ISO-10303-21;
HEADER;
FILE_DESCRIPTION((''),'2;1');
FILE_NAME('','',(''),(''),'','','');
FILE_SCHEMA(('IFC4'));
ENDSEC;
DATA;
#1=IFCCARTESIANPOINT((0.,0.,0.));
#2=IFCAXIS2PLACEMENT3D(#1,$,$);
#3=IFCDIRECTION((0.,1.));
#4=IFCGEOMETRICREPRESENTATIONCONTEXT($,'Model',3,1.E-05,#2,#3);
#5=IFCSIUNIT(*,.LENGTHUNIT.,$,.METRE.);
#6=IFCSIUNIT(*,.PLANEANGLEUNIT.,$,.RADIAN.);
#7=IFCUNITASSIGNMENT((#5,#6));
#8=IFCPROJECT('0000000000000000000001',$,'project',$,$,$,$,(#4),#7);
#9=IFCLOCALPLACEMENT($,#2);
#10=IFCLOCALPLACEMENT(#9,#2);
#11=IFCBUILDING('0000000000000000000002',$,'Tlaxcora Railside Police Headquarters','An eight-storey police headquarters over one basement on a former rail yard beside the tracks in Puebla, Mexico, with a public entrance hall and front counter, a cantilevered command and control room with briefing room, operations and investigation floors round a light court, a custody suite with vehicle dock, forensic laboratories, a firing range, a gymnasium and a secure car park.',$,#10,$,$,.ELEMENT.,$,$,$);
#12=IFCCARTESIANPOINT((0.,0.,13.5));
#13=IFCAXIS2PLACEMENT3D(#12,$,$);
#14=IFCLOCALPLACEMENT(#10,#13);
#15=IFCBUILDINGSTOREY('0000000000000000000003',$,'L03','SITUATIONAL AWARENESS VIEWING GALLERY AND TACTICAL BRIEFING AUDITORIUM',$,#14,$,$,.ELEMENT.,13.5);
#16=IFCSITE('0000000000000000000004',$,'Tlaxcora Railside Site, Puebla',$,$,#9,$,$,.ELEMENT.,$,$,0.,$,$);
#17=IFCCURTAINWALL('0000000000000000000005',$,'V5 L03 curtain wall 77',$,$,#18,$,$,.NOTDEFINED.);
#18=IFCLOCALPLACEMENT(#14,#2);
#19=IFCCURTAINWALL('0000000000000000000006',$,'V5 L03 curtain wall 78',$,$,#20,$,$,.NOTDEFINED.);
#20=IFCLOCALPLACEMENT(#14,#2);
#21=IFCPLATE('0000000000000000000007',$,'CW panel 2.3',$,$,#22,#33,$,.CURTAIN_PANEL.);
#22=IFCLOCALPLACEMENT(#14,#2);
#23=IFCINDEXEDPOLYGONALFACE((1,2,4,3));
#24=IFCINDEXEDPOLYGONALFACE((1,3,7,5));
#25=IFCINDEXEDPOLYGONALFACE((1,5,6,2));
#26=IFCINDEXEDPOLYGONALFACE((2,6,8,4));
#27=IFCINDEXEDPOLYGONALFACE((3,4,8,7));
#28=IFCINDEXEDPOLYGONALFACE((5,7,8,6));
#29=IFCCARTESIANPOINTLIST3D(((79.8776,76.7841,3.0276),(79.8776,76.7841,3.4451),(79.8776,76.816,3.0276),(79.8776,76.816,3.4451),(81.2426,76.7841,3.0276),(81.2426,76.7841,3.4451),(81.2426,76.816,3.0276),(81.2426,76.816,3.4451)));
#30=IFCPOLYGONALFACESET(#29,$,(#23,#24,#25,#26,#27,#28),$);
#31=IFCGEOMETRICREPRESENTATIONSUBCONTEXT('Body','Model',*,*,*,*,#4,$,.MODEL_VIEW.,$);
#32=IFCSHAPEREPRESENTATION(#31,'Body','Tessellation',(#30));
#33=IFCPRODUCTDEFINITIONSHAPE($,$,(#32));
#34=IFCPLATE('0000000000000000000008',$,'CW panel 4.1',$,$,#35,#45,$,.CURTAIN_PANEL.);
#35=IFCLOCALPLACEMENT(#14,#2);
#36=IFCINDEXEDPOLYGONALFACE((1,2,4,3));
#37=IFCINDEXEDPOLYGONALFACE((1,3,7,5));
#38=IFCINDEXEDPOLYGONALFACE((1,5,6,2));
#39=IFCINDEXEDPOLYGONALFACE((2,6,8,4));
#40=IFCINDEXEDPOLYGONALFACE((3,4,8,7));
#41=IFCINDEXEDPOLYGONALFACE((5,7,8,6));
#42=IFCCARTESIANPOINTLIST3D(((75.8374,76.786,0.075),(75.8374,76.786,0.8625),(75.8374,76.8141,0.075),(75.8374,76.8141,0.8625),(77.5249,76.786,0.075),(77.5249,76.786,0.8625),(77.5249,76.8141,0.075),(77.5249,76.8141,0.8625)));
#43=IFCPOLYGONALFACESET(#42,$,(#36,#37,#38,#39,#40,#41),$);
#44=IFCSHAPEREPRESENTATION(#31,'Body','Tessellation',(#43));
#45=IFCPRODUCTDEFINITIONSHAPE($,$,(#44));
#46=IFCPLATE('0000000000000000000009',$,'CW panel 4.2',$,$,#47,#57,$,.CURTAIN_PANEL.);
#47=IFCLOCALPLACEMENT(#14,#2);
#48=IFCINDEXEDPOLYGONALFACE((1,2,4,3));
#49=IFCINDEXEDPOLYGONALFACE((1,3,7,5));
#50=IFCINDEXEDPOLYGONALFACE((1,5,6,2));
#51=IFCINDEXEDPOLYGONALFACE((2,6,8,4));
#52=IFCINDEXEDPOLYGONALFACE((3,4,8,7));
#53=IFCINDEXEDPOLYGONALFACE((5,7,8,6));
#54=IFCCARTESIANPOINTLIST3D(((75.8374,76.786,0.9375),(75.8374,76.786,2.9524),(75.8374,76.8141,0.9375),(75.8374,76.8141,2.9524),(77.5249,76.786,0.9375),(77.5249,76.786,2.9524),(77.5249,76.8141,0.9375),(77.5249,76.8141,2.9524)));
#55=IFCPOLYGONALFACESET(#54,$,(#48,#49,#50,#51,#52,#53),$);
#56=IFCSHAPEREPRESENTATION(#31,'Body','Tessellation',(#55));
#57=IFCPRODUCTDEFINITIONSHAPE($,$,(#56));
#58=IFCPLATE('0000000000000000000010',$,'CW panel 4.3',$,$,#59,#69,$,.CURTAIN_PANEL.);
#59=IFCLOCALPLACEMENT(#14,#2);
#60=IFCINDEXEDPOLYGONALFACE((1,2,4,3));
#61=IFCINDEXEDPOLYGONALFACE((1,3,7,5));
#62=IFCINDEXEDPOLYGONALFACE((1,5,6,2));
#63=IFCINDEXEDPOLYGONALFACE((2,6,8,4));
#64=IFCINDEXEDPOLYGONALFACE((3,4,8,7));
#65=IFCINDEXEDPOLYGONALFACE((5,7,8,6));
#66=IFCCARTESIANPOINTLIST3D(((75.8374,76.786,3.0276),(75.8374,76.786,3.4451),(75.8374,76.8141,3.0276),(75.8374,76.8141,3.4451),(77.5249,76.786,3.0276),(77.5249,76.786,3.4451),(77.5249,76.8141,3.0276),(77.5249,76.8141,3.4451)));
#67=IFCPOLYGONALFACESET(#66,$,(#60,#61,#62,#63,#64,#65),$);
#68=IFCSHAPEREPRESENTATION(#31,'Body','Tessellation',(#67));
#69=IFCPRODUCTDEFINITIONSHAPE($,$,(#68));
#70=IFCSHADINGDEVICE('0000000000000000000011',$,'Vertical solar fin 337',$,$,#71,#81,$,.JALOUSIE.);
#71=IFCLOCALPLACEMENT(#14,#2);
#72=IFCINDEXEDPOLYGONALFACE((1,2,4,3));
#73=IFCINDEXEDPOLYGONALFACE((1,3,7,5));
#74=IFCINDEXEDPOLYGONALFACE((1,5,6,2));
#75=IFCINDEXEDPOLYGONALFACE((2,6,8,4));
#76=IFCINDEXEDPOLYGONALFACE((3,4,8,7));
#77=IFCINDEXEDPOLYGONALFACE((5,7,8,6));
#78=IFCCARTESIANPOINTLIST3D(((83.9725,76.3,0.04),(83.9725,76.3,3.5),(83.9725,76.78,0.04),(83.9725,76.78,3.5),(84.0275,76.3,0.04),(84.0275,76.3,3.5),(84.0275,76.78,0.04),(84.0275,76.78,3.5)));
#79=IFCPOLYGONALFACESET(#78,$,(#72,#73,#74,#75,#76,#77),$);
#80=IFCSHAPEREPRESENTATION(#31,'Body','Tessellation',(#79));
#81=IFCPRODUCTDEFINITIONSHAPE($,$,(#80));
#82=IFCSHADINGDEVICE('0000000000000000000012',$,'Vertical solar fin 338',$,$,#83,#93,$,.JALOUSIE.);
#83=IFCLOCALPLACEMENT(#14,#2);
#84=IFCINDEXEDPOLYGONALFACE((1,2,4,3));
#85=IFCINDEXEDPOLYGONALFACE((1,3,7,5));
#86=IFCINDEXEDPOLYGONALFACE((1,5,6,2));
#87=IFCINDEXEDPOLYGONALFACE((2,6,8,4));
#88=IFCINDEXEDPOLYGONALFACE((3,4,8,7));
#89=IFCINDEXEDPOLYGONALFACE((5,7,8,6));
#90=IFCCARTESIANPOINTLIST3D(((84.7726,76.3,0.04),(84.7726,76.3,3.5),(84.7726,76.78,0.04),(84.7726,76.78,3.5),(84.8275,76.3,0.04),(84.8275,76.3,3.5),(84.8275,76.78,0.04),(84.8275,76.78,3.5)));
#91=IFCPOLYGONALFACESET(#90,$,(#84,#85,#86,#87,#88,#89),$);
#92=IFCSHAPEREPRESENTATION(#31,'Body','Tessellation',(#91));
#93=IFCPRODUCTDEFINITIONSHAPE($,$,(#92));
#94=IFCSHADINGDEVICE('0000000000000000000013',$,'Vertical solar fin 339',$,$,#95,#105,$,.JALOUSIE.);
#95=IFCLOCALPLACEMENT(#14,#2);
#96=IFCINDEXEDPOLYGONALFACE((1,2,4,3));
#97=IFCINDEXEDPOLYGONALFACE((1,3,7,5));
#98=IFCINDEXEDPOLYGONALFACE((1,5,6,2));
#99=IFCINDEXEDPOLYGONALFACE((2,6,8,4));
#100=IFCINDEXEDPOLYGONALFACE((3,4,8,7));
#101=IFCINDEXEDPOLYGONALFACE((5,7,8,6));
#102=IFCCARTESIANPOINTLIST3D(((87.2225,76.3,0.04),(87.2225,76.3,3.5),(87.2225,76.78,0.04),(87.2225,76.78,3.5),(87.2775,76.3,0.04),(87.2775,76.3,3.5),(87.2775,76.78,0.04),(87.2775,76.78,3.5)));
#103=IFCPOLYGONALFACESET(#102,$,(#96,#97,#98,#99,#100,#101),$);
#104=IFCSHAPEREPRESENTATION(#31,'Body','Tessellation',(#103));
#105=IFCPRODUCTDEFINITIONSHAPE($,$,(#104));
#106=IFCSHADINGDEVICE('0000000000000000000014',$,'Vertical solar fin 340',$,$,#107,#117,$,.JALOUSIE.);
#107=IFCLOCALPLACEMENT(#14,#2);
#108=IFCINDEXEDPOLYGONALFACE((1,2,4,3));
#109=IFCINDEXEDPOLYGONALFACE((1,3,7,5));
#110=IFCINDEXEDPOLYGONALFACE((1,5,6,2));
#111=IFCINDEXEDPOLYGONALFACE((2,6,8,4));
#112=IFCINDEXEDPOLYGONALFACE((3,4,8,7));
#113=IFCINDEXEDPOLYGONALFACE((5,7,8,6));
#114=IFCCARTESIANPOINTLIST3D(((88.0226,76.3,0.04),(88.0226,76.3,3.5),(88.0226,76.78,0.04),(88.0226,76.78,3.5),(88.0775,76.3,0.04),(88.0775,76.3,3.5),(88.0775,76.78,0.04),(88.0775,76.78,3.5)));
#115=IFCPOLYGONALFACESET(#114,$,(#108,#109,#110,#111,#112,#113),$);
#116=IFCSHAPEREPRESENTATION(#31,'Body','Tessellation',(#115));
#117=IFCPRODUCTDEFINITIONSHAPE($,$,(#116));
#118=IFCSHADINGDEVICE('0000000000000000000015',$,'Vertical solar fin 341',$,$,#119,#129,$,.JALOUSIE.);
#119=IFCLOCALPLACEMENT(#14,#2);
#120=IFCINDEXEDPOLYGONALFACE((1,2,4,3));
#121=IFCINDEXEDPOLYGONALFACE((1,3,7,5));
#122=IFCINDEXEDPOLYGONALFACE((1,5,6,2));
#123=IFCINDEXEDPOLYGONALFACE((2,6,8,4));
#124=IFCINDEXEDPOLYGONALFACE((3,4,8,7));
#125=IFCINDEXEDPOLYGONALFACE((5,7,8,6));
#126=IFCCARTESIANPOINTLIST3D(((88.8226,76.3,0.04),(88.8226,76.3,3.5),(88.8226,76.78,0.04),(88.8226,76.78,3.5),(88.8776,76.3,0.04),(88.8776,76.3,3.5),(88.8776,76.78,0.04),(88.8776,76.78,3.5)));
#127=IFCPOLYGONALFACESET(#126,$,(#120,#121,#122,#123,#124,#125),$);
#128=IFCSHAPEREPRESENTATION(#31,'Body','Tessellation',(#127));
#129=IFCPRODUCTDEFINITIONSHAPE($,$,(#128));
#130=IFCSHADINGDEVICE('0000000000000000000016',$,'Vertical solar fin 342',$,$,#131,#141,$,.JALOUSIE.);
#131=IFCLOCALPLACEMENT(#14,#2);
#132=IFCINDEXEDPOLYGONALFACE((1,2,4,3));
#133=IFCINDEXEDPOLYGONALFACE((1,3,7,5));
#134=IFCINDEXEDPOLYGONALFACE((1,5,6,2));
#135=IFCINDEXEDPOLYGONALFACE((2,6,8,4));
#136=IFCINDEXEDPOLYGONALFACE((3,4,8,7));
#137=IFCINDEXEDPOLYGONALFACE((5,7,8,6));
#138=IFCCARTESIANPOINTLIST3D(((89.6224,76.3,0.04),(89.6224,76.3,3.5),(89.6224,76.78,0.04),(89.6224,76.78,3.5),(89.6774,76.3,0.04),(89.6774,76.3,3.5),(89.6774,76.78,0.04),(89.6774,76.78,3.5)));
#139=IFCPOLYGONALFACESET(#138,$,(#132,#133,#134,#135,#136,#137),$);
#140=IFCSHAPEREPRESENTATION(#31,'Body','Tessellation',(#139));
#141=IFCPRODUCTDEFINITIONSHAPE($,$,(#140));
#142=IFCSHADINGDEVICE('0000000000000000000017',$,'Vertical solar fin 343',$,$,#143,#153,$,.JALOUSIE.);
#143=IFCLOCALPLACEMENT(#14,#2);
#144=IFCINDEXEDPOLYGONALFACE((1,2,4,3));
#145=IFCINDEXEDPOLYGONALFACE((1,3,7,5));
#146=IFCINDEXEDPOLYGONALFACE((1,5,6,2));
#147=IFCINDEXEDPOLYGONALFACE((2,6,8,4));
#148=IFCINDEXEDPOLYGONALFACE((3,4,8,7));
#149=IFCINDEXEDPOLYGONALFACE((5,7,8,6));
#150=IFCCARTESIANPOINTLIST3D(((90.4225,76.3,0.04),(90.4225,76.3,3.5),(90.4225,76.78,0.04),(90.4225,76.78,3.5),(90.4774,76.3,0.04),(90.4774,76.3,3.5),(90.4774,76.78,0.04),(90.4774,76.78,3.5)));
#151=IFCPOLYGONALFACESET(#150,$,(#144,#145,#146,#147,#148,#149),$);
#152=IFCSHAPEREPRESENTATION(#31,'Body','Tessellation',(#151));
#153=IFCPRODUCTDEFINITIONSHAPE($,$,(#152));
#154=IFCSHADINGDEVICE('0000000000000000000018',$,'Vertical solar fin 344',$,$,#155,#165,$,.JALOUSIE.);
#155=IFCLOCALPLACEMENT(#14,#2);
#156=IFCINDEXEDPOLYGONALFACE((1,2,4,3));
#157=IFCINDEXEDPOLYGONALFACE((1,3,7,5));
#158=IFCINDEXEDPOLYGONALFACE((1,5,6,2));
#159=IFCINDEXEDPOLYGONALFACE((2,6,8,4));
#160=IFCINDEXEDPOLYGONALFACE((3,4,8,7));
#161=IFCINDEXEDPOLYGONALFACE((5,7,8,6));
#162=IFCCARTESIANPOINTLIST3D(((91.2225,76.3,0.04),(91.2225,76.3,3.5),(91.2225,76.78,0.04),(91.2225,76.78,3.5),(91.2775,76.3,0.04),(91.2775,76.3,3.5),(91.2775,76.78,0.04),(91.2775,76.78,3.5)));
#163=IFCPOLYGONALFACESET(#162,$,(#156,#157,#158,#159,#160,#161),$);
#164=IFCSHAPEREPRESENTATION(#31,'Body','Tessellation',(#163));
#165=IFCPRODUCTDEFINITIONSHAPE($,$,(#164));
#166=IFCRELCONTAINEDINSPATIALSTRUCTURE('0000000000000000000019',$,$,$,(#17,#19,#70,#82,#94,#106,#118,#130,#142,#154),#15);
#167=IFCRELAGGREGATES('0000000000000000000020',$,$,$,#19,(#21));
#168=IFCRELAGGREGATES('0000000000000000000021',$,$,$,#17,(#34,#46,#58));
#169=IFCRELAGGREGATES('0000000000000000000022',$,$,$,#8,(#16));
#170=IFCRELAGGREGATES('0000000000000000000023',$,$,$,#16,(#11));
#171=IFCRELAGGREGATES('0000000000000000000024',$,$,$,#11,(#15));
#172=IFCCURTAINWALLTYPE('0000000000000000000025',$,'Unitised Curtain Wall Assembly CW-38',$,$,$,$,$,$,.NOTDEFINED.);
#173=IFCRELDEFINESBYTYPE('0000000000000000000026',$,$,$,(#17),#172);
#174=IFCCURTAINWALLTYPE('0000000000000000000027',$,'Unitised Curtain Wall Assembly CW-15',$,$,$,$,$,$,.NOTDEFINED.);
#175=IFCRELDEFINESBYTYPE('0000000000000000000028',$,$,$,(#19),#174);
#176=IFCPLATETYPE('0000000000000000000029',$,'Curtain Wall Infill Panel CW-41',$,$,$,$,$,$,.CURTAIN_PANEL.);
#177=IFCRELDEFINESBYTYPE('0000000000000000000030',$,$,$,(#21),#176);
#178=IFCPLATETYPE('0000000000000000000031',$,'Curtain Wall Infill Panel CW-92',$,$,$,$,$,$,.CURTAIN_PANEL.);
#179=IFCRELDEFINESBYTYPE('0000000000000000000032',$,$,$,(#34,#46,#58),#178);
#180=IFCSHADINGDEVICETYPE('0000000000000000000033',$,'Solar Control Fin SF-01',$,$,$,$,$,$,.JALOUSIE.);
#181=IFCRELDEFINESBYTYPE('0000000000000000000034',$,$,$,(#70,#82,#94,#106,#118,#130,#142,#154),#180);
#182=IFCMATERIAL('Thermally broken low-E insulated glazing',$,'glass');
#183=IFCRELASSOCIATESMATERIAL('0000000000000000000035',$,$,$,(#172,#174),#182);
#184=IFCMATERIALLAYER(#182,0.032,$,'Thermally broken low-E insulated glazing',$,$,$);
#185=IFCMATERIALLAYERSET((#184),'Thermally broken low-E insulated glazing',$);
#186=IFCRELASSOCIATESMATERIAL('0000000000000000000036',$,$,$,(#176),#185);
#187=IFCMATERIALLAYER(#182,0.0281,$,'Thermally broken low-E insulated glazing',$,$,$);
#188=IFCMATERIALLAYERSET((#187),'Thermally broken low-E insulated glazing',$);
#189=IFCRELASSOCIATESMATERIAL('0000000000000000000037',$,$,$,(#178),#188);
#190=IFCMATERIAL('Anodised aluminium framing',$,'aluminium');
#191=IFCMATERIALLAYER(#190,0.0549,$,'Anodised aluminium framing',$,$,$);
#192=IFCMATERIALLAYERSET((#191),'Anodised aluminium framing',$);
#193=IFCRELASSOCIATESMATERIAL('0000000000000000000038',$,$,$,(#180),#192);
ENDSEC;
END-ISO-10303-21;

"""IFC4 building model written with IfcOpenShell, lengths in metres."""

from ifc_helpers import new_model, si_unit, direction, frame, origin, origin_2d, place, context, subcontext, project, spatial, rectangle, extrude, material, layer, layer_set, type_object, element, aggregate, save


model = new_model("IFC4")

# Units and contexts
model_context = context("Model", 3, precision=1e-05, world=origin(), true_north=direction((0.0, 1.0)))
body_context = subcontext(model_context, "Body", "Model", "MODEL_VIEW")
ifc_project = project(units=[si_unit("LENGTHUNIT", "METRE"), si_unit("PLANEANGLEUNIT", "RADIAN")], contexts=[model_context])

# Site, building, storey
site_placement = place(None, origin())
site = spatial("IfcSite", under=ifc_project, at=site_placement, Name="Tlaxcora Railside Site, Puebla", CompositionType="ELEMENT", RefElevation=0.0)
building_placement = place(site_placement, origin())
building = spatial("IfcBuilding", under=site, at=building_placement, Name="Tlaxcora Railside Police Headquarters", Description="An eight-storey police headquarters over one basement on a former rail yard beside the tracks in Puebla, Mexico, with a public entrance hall and front counter, a cantilevered command and control room with briefing room, operations and investigation floors round a light court, a custody suite with vehicle dock, forensic laboratories, a firing range, a gymnasium and a secure car park.", CompositionType="ELEMENT")
storey_placement = place(building_placement, frame((0.0, 0.0, 13.5)))
storey = spatial("IfcBuildingStorey", under=building, at=storey_placement, Name="L03", Description="SITUATIONAL AWARENESS VIEWING GALLERY AND TACTICAL BRIEFING AUDITORIUM", CompositionType="ELEMENT", Elevation=13.5)

# Curtain walls
ifc_material_1 = material(Name="Thermally broken low-E insulated glazing", Category="glass")
curtain_wall_type_1 = type_object("IfcCurtainWallType", Name="Unitised Curtain Wall Assembly CW-38", PredefinedType="NOTDEFINED", material=ifc_material_1)
curtain_wall_1_placement = place(storey_placement, origin())
curtain_wall_1 = element("IfcCurtainWall", 1, at=curtain_wall_1_placement, inside=storey, type_object=curtain_wall_type_1, Name="V5 L03 curtain wall 77", PredefinedType="NOTDEFINED")
ifc_material_2 = material(Name="Anodised aluminium framing", Category="aluminium")
curtain_wall_type_2 = type_object("IfcCurtainWallType", Name="Unitised Curtain Wall Assembly CW-15", PredefinedType="NOTDEFINED", material=ifc_material_1)
curtain_wall_2_placement = place(storey_placement, origin())
curtain_wall_2 = element("IfcCurtainWall", 2, at=curtain_wall_2_placement, inside=storey, type_object=curtain_wall_type_2, Name="V5 L03 curtain wall 78", PredefinedType="NOTDEFINED")

# Plates
ifc_layer_1 = layer(ifc_material_1, 0.032, Name="Thermally broken low-E insulated glazing")
ifc_layer_set_1 = layer_set([ifc_layer_1], Name="Thermally broken low-E insulated glazing")
plate_type_1 = type_object("IfcPlateType", Name="Curtain Wall Infill Panel CW-41", PredefinedType="CURTAIN_PANEL", material=ifc_layer_set_1)
plate_1_placement = place(storey_placement, frame((80.5601, 76.8, 3.0276), z_axis=(0.0, 0.0, 1.0), x_axis=(1.0, 0.0, 0.0)))
plate_1 = element("IfcPlate", 3, at=plate_1_placement, type_object=plate_type_1, Name="CW panel 2.3", PredefinedType="CURTAIN_PANEL", context=body_context, shape_type="SweptSolid", body=[
    extrude(rectangle(XDim=1.365, YDim=0.032, at=origin_2d()), origin(), (0.0, 0.0, 1.0), 0.4175),
])
aggregate(curtain_wall_2, [plate_1])
ifc_layer_2 = layer(ifc_material_1, 0.0281, Name="Thermally broken low-E insulated glazing")
ifc_layer_set_2 = layer_set([ifc_layer_2], Name="Thermally broken low-E insulated glazing")
plate_type_2 = type_object("IfcPlateType", Name="Curtain Wall Infill Panel CW-92", PredefinedType="CURTAIN_PANEL", material=ifc_layer_set_2)
plate_2_placement = place(storey_placement, frame((76.6812, 76.8, 0.075), z_axis=(0.0, 0.0, 1.0), x_axis=(1.0, 0.0, 0.0)))
plate_2 = element("IfcPlate", 4, at=plate_2_placement, type_object=plate_type_2, Name="CW panel 4.1", PredefinedType="CURTAIN_PANEL", context=body_context, shape_type="SweptSolid", body=[
    extrude(rectangle(XDim=1.6875, YDim=0.0281, at=origin_2d()), origin(), (0.0, 0.0, 1.0), 0.7876),
])
plate_3_placement = place(storey_placement, frame((76.6812, 76.8, 0.9375), z_axis=(0.0, 0.0, 1.0), x_axis=(1.0, 0.0, 0.0)))
plate_3 = element("IfcPlate", 5, at=plate_3_placement, type_object=plate_type_2, Name="CW panel 4.2", PredefinedType="CURTAIN_PANEL", context=body_context, shape_type="SweptSolid", body=[
    extrude(rectangle(XDim=1.6875, YDim=0.0281, at=origin_2d()), origin(), (0.0, 0.0, 1.0), 2.0149),
])
plate_4_placement = place(storey_placement, frame((76.6812, 76.8, 3.0276), z_axis=(0.0, 0.0, 1.0), x_axis=(1.0, 0.0, 0.0)))
plate_4 = element("IfcPlate", 6, at=plate_4_placement, type_object=plate_type_2, Name="CW panel 4.3", PredefinedType="CURTAIN_PANEL", context=body_context, shape_type="SweptSolid", body=[
    extrude(rectangle(XDim=1.6875, YDim=0.0281, at=origin_2d()), origin(), (0.0, 0.0, 1.0), 0.4175),
])
aggregate(curtain_wall_1, [plate_2, plate_3, plate_4])

# Shading devices
ifc_layer_3 = layer(ifc_material_2, 0.0549, Name="Anodised aluminium framing")
ifc_layer_set_3 = layer_set([ifc_layer_3], Name="Anodised aluminium framing")
shading_device_type = type_object("IfcShadingDeviceType", Name="Solar Control Fin SF-01", PredefinedType="JALOUSIE", material=ifc_layer_set_3)
for number, where, z_axis, x_axis, name in (
    (7, (84.0, 76.54, 0.04), (0.0, 0.0, 1.0), (0.0, -1.0, 0.0), "Vertical solar fin 337"),
    (8, (84.8, 76.54, 0.04), (0.0, 0.0, 1.0), (0.0, -1.0, 0.0), "Vertical solar fin 338"),
    (9, (87.25, 76.54, 0.04), (0.0, 0.0, 1.0), (0.0, -1.0, 0.0), "Vertical solar fin 339"),
    (10, (88.05, 76.54, 0.04), (0.0, 0.0, 1.0), (0.0, -1.0, 0.0), "Vertical solar fin 340"),
    (11, (88.8501, 76.54, 0.04), (0.0, 0.0, 1.0), (0.0, -1.0, 0.0), "Vertical solar fin 341"),
    (12, (89.6499, 76.54, 0.04), (0.0, 0.0, 1.0), (0.0, -1.0, 0.0), "Vertical solar fin 342"),
    (13, (90.45, 76.54, 0.04), (0.0, 0.0, 1.0), (0.0, -1.0, 0.0), "Vertical solar fin 343"),
    (14, (91.25, 76.54, 0.04), (0.0, 0.0, 1.0), (0.0, -1.0, 0.0), "Vertical solar fin 344"),
):
    element("IfcShadingDevice", number, at=place(storey_placement, frame(where, z_axis=z_axis, x_axis=x_axis)), inside=storey, type_object=shading_device_type, Name=name, PredefinedType="JALOUSIE", context=body_context, shape_type="SweptSolid", body=[
        extrude(rectangle(XDim=0.48, YDim=0.0549, at=origin_2d()), origin(), (0.0, 0.0, 1.0), 3.46),
    ])

save(model, "model.ifc")
